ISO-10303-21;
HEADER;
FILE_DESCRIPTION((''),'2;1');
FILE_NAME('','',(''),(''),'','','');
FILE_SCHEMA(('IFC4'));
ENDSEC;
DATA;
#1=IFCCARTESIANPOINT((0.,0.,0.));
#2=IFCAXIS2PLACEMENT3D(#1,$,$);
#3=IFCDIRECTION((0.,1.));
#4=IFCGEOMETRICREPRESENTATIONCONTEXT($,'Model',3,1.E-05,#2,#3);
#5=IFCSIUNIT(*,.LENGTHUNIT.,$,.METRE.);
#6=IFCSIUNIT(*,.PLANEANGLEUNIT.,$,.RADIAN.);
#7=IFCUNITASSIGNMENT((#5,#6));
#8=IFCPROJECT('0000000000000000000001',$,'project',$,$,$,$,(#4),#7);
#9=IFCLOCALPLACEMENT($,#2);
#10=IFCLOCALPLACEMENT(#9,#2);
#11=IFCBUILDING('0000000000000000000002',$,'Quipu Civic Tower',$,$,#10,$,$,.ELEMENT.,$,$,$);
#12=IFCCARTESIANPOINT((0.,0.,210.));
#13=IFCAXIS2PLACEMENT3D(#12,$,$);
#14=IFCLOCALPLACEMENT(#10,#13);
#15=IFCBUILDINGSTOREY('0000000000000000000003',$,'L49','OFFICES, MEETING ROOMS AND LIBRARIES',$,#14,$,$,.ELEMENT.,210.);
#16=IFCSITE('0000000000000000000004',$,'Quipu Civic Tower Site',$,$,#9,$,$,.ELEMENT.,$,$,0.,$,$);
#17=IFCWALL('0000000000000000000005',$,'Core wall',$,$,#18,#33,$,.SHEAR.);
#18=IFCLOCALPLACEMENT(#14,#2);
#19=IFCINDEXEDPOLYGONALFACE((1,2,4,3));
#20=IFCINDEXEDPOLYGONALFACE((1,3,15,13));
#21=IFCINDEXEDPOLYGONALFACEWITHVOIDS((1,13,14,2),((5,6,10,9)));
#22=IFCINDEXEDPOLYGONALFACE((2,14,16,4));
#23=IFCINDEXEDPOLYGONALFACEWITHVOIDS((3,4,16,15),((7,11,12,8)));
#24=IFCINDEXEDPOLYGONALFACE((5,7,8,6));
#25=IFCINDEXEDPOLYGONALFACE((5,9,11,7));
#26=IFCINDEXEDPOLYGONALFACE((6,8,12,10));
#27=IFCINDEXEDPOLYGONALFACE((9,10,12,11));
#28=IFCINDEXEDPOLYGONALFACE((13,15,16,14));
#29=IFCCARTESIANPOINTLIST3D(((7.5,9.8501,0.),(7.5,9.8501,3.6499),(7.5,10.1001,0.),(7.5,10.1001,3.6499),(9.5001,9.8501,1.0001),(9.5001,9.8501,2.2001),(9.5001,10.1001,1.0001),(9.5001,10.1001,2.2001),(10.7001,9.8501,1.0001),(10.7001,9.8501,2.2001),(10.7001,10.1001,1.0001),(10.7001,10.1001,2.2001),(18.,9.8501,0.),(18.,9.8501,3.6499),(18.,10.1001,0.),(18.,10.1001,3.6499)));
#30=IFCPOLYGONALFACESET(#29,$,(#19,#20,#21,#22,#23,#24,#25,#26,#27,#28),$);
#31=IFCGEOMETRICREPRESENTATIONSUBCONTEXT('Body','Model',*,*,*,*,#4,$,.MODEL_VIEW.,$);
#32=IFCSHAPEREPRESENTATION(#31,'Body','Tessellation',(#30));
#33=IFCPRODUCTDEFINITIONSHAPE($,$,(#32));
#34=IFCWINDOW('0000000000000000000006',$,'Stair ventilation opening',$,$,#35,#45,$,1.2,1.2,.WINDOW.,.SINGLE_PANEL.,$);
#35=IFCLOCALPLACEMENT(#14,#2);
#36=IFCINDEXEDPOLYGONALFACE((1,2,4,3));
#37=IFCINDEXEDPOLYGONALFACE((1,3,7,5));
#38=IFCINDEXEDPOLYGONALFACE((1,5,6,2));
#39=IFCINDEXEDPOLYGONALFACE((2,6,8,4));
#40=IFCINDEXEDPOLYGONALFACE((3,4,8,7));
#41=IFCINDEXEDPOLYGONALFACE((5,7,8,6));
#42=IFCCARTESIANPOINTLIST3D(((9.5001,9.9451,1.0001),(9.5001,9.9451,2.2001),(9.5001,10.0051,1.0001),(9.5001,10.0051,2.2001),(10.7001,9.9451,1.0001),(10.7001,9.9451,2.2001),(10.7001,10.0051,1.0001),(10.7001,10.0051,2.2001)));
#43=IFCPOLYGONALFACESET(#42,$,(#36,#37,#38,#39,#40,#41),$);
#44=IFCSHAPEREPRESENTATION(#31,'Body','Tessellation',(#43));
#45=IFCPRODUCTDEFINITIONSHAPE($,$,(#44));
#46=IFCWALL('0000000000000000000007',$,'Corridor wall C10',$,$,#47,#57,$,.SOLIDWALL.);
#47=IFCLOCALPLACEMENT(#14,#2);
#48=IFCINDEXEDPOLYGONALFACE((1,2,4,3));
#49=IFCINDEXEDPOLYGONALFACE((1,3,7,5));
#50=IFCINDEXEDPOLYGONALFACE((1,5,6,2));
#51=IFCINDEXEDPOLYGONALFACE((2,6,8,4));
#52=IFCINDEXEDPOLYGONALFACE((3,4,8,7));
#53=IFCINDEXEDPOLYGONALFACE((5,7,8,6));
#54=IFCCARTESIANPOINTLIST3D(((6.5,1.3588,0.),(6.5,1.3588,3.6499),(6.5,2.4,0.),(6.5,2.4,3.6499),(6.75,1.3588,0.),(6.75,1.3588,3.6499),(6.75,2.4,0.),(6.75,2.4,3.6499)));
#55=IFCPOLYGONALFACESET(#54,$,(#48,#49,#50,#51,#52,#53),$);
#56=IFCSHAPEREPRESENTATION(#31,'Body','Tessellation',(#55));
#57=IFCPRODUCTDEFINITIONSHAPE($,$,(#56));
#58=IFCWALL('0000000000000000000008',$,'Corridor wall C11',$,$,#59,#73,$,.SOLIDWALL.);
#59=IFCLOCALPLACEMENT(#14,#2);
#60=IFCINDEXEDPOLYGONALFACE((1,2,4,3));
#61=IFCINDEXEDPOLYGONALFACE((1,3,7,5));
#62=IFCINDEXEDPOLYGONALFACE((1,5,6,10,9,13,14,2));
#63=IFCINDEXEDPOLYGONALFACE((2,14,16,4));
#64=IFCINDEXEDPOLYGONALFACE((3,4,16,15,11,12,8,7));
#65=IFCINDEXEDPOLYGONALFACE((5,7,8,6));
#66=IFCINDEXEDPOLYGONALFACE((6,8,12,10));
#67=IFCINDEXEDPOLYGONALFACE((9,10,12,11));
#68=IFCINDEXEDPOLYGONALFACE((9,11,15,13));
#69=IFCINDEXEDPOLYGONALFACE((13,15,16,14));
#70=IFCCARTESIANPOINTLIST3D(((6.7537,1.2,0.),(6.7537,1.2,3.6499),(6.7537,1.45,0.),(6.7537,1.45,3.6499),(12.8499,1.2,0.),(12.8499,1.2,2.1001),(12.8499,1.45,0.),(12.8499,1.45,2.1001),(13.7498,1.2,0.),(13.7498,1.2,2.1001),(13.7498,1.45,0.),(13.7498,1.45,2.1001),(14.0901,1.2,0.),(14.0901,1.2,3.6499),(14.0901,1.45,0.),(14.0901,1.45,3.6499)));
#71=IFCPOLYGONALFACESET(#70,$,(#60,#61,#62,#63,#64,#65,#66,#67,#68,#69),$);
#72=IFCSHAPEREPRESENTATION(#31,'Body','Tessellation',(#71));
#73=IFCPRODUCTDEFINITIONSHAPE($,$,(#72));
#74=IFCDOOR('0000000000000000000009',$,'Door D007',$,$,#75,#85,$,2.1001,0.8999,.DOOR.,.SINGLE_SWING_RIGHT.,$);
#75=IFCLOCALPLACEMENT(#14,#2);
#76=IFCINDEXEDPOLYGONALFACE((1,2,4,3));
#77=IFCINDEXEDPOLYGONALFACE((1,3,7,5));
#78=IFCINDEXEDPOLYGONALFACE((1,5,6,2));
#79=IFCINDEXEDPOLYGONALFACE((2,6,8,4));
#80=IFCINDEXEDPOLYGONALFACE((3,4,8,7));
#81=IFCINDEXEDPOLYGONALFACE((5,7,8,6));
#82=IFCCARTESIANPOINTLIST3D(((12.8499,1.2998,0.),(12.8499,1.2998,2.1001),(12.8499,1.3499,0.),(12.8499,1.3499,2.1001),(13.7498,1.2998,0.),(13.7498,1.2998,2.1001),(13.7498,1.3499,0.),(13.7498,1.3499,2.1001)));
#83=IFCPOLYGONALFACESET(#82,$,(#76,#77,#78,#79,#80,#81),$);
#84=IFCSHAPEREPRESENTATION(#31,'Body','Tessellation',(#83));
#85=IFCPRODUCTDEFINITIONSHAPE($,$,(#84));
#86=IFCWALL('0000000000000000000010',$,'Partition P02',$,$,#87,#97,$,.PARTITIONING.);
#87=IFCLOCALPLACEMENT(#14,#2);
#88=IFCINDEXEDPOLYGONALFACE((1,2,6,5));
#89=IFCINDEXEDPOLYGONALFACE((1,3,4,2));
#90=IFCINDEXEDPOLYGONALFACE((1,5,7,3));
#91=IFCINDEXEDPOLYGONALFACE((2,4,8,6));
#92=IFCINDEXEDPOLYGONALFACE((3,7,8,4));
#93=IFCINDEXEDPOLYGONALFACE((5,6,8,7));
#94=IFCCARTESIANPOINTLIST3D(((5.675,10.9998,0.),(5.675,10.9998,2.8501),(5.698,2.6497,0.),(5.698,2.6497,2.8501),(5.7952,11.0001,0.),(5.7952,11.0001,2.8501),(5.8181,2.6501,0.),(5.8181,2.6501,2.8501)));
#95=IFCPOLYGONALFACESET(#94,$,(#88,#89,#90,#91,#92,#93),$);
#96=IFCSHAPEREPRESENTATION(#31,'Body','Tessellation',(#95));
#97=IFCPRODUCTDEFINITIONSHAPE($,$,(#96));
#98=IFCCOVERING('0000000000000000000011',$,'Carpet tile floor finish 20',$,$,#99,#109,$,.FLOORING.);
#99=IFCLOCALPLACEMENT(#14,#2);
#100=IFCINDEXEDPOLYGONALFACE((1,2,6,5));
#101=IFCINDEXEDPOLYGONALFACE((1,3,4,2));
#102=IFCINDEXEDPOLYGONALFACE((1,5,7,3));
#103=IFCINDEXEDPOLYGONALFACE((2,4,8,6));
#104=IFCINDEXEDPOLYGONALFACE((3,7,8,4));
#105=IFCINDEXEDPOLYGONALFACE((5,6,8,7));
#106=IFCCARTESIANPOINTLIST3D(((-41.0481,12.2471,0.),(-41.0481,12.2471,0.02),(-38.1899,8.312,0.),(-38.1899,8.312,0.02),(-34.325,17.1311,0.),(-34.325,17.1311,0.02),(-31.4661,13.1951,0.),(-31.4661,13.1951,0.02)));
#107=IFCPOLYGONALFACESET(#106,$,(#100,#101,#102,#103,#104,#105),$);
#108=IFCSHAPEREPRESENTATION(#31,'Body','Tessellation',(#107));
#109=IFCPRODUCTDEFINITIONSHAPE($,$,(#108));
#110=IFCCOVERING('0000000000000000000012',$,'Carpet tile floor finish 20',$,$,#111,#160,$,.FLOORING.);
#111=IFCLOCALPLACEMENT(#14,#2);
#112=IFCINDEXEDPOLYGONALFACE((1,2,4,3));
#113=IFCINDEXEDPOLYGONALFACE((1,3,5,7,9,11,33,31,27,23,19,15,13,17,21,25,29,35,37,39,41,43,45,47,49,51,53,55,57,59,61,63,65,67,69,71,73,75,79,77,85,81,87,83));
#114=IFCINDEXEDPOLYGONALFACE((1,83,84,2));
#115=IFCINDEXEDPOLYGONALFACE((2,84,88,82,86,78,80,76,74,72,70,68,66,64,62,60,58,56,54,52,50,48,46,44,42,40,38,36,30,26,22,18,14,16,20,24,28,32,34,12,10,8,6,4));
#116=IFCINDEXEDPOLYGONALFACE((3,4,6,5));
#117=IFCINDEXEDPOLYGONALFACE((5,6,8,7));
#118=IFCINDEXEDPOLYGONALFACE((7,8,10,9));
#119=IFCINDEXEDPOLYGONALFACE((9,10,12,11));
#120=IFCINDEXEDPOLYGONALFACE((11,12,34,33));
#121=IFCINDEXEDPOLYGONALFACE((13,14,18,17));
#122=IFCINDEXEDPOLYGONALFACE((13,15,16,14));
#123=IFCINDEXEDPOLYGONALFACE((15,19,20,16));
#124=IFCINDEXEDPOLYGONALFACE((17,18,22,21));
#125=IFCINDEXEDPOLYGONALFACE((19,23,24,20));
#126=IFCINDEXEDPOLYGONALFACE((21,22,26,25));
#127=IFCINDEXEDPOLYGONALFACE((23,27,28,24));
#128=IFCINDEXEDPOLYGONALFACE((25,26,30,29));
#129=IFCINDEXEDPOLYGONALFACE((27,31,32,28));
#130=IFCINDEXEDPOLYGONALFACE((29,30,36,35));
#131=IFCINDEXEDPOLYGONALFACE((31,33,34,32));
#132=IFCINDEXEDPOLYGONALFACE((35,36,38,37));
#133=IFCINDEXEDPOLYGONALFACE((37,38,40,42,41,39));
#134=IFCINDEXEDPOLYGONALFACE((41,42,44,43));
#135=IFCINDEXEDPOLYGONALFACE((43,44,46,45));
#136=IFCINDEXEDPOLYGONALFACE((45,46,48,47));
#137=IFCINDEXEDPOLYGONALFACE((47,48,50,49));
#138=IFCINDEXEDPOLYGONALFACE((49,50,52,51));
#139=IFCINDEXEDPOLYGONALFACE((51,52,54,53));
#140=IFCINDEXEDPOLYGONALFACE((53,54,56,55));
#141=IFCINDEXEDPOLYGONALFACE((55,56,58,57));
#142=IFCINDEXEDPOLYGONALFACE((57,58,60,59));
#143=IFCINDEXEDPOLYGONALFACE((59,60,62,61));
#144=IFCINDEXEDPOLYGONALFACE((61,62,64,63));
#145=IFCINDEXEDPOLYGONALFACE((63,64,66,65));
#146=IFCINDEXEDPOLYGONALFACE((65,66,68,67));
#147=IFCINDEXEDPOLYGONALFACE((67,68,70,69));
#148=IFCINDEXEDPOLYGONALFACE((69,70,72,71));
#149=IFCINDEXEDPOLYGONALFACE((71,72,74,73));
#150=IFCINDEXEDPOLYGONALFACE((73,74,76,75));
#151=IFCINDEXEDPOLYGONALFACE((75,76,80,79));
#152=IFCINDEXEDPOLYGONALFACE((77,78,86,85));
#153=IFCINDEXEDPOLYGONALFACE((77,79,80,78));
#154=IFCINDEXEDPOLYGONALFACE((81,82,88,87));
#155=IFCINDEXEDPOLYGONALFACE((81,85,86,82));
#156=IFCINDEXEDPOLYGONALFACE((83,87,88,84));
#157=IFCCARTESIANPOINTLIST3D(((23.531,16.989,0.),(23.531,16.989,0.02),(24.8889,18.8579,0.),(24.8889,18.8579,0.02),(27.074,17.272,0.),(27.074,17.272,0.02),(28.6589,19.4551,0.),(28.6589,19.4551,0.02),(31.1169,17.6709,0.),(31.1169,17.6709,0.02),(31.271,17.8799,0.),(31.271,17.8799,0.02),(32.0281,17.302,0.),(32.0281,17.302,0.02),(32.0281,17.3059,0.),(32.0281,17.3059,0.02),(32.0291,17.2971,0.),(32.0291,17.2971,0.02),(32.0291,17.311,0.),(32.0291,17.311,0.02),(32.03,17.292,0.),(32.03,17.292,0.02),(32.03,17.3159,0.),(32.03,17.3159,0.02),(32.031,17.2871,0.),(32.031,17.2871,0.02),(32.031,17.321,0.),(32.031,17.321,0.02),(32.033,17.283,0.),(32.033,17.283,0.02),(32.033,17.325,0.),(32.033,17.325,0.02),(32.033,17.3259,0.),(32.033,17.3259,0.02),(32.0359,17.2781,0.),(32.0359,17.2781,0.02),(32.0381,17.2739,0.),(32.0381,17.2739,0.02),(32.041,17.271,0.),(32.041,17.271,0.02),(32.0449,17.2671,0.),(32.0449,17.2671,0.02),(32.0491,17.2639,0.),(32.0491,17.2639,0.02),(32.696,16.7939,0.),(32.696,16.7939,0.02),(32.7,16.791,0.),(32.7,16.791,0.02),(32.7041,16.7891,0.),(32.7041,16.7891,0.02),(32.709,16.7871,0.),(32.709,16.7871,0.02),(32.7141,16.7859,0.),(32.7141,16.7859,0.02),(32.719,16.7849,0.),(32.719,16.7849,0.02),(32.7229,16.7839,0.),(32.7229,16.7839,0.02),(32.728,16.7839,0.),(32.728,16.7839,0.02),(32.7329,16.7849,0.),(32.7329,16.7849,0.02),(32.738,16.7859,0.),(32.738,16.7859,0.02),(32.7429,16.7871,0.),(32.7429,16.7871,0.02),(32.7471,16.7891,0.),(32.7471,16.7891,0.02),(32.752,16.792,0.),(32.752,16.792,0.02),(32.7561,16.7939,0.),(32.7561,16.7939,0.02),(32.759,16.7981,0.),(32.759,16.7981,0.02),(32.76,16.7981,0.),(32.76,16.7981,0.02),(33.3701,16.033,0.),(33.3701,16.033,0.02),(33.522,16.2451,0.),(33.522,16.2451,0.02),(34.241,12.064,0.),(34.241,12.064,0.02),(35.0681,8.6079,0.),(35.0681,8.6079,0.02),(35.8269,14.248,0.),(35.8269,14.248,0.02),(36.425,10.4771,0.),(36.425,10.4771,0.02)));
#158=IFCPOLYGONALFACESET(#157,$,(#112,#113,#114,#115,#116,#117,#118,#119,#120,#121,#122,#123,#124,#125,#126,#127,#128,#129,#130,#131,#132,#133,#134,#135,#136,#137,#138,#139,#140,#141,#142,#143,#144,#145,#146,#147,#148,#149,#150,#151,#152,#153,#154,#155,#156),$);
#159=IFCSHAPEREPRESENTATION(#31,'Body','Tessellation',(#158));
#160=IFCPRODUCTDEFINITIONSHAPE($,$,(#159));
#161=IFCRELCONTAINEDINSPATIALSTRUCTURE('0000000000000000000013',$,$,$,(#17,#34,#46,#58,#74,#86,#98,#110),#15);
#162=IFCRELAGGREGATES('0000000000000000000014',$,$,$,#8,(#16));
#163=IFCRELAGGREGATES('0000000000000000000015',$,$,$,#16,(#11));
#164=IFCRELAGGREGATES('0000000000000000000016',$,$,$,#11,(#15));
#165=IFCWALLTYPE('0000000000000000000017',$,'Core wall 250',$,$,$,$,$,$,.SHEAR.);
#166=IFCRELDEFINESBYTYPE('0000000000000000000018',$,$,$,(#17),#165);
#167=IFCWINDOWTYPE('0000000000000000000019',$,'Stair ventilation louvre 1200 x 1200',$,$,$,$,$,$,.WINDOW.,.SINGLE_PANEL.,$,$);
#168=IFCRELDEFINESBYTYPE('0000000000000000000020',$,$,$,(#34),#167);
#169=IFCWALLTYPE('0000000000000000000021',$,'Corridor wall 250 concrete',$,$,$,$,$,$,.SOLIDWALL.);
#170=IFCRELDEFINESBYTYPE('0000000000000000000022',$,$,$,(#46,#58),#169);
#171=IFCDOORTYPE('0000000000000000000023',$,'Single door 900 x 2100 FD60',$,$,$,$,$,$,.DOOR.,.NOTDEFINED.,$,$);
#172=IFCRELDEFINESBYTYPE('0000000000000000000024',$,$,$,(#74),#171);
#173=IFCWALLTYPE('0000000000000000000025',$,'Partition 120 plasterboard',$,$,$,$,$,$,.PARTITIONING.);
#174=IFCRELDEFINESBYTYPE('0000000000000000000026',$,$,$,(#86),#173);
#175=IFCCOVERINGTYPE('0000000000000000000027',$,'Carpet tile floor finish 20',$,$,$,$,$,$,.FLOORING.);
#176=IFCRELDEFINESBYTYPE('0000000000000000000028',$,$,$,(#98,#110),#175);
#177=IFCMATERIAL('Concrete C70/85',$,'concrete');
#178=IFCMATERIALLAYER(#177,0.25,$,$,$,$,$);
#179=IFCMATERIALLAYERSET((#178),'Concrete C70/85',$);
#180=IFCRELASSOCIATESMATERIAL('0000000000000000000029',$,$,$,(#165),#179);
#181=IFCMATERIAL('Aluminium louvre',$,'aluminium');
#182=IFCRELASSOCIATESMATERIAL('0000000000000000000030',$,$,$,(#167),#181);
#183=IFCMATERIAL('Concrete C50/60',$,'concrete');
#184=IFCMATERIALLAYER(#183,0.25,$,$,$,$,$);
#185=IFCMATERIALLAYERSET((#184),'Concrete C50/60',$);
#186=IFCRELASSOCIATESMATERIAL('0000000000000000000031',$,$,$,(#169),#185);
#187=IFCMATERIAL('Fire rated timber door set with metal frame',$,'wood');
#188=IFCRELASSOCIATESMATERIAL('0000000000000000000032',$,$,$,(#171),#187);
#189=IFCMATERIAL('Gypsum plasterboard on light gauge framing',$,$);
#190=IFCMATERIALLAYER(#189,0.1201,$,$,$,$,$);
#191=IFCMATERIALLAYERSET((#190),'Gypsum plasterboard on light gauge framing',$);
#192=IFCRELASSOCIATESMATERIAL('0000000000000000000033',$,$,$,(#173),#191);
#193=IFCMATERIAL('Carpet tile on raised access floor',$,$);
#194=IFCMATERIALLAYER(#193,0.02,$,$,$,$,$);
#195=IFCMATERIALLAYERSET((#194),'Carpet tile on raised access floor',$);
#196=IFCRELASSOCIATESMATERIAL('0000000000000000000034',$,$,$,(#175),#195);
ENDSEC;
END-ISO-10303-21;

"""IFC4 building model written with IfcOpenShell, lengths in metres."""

from ifc_helpers import new_model, si_unit, direction, frame, frame_2d, origin, place, context, subcontext, project, spatial, polyline, rectangle, outline, extrude, material, layer, layer_set, type_object, element, fill, save


model = new_model("IFC4")

# Units and contexts
model_context = context("Model", 3, precision=1e-05, world=origin(), true_north=direction((0.0, 1.0)))
body_context = subcontext(model_context, "Body", "Model", "MODEL_VIEW")
ifc_project = project(units=[si_unit("LENGTHUNIT", "METRE"), si_unit("PLANEANGLEUNIT", "RADIAN")], contexts=[model_context])

# Site, building, storey
site_placement = place(None, origin())
site = spatial("IfcSite", under=ifc_project, at=site_placement, Name="Quipu Civic Tower Site", CompositionType="ELEMENT", RefElevation=0.0)
building_placement = place(site_placement, origin())
building = spatial("IfcBuilding", under=site, at=building_placement, Name="Quipu Civic Tower", CompositionType="ELEMENT")
storey_placement = place(building_placement, frame((0.0, 0.0, 210.0)))
storey = spatial("IfcBuildingStorey", under=building, at=storey_placement, Name="L49", Description="OFFICES, MEETING ROOMS AND LIBRARIES", CompositionType="ELEMENT", Elevation=210.0)

# Shared definitions
ifc_material_1 = material(Name="Concrete C70/85", Category="concrete")
ifc_layer_1 = layer(ifc_material_1, 0.25)
ifc_layer_set_1 = layer_set([ifc_layer_1], Name="Concrete C70/85")
wall_type_1 = type_object("IfcWallType", Name="Core wall 250", PredefinedType="SHEAR", material=ifc_layer_set_1)

# Wall, opening, window
wall_1_placement = place(storey_placement, frame((7.5, 9.9751, 0.0), z_axis=(0.0, 0.0, 1.0), x_axis=(1.0, 0.0, 0.0)))
wall_1 = element("IfcWall", 1, at=wall_1_placement, inside=storey, type_object=wall_type_1, Name="Core wall", PredefinedType="SHEAR", context=body_context, shape_type="SweptSolid", body=[
    extrude(rectangle(XDim=10.5, YDim=0.25, at=frame_2d((5.25, 0.0))), origin(), (0.0, 0.0, 1.0), 3.6499),
])
opening_1_placement = place(wall_1_placement, frame((2.0, 0.0, 1.0)))
opening_1 = element("IfcOpeningElement", 2, at=opening_1_placement, cuts=wall_1, PredefinedType="OPENING", context=body_context, shape_type="SweptSolid", body=[
    extrude(rectangle(XDim=1.2, YDim=1.2, at=frame_2d((0.6001, 0.6001))), frame((0.0, 0.135, 0.0), z_axis=(0.0, -1.0, 0.0), x_axis=(1.0, 0.0, 0.0)), (0.0, 0.0, 1.0), 0.27),
])
ifc_material_2 = material(Name="Aluminium louvre", Category="aluminium")
window_type = type_object("IfcWindowType", Name="Stair ventilation louvre 1200 x 1200", PartitioningType="SINGLE_PANEL", PredefinedType="WINDOW", material=ifc_material_2)
window_placement = place(opening_1_placement, origin())
window = element("IfcWindow", 3, at=window_placement, inside=storey, type_object=window_type, Name="Stair ventilation opening", OverallHeight=1.2, OverallWidth=1.2, PartitioningType="SINGLE_PANEL", PredefinedType="WINDOW", context=body_context, shape_type="SweptSolid", body=[
    extrude(rectangle(XDim=1.2, YDim=1.2, at=frame_2d((0.6001, 0.6001))), frame((0.0, 0.03, 0.0), z_axis=(0.0, -1.0, 0.0), x_axis=(1.0, 0.0, 0.0)), (0.0, 0.0, 1.0), 0.0601),
])
fill(opening_1, window)

# Wall
ifc_material_3 = material(Name="Concrete C50/60", Category="concrete")
ifc_layer_2 = layer(ifc_material_3, 0.25)
ifc_layer_set_2 = layer_set([ifc_layer_2], Name="Concrete C50/60")
wall_type_2 = type_object("IfcWallType", Name="Corridor wall 250 concrete", PredefinedType="SOLIDWALL", material=ifc_layer_set_2)
wall_2_placement = place(storey_placement, frame((6.625, 2.3999, 0.0), z_axis=(0.0, 0.0, 1.0), x_axis=(0.0, -1.0, 0.0)))
element("IfcWall", 4, at=wall_2_placement, inside=storey, type_object=wall_type_2, Name="Corridor wall C10", PredefinedType="SOLIDWALL", context=body_context, shape_type="SweptSolid", body=[
    extrude(rectangle(XDim=1.0413, YDim=0.25, at=frame_2d((0.5205, 0.0))), origin(), (0.0, 0.0, 1.0), 3.6499),
])

# Wall, opening, door
wall_3_placement = place(storey_placement, frame((6.7537, 1.325, 0.0), z_axis=(0.0, 0.0, 1.0), x_axis=(1.0, 0.0, 0.0)))
wall_3 = element("IfcWall", 5, at=wall_3_placement, inside=storey, type_object=wall_type_2, Name="Corridor wall C11", PredefinedType="SOLIDWALL", context=body_context, shape_type="SweptSolid", body=[
    extrude(rectangle(XDim=7.3364, YDim=0.25, at=frame_2d((3.6682, 0.0))), origin(), (0.0, 0.0, 1.0), 3.6499),
])
opening_2_placement = place(wall_3_placement, frame((6.0962, 0.0, 0.0)))
opening_2 = element("IfcOpeningElement", 6, at=opening_2_placement, cuts=wall_3, PredefinedType="OPENING", context=body_context, shape_type="SweptSolid", body=[
    extrude(rectangle(XDim=0.8999, YDim=2.1001, at=frame_2d((0.45, 1.05))), frame((0.0, 0.135, 0.0), z_axis=(0.0, -1.0, 0.0), x_axis=(1.0, 0.0, 0.0)), (0.0, 0.0, 1.0), 0.27),
])
ifc_material_4 = material(Name="Fire rated timber door set with metal frame", Category="wood")
door_type_1 = type_object("IfcDoorType", Name="Single door 900 x 2100 FD60", OperationType="NOTDEFINED", PredefinedType="DOOR", material=ifc_material_4)
door_1_placement = place(opening_2_placement, origin())
door_1 = element("IfcDoor", 7, at=door_1_placement, inside=storey, type_object=door_type_1, Name="Door D007", OperationType="SINGLE_SWING_RIGHT", OverallHeight=2.1001, OverallWidth=0.8999, PredefinedType="DOOR", context=body_context, shape_type="SweptSolid", body=[
    extrude(rectangle(XDim=0.8999, YDim=2.1001, at=frame_2d((0.45, 1.05))), frame((0.0, 0.0249, 0.0), z_axis=(0.0, -1.0, 0.0), x_axis=(1.0, 0.0, 0.0)), (0.0, 0.0, 1.0), 0.05),
])
fill(opening_2, door_1)

# Wall
ifc_material_5 = material(Name="Gypsum plasterboard on light gauge framing")
ifc_layer_3 = layer(ifc_material_5, 0.1201)
ifc_layer_set_3 = layer_set([ifc_layer_3], Name="Gypsum plasterboard on light gauge framing")
wall_type_3 = type_object("IfcWallType", Name="Partition 120 plasterboard", PredefinedType="PARTITIONING", material=ifc_layer_set_3)
wall_4_placement = place(storey_placement, frame((5.7581, 2.6499, 0.0), z_axis=(0.0, 0.0, 1.0), x_axis=(-0.002748, 0.999996, 0.0)))
element("IfcWall", 8, at=wall_4_placement, inside=storey, type_object=wall_type_3, Name="Partition P02", PredefinedType="PARTITIONING", context=body_context, shape_type="SweptSolid", body=[
    extrude(rectangle(XDim=8.3501, YDim=0.1201, at=frame_2d((4.175, 0.0))), origin(), (0.0, 0.0, 1.0), 2.8501),
])

# Coverings
ifc_material_6 = material(Name="Carpet tile on raised access floor")
ifc_layer_4 = layer(ifc_material_6, 0.02)
ifc_layer_set_4 = layer_set([ifc_layer_4], Name="Carpet tile on raised access floor")
covering_type_1 = type_object("IfcCoveringType", Name="Carpet tile floor finish 20", PredefinedType="FLOORING", material=ifc_layer_set_4)
covering_1_placement = place(storey_placement, origin())
element("IfcCovering", 9, at=covering_1_placement, inside=storey, type_object=covering_type_1, Name="Carpet tile floor finish 20", PredefinedType="FLOORING", context=body_context, shape_type="SweptSolid", body=[
    extrude(outline(polyline([(-41.0481, 12.2471), (-34.325, 17.1311), (-31.4661, 13.1951), (-38.1899, 8.312), (-41.0481, 12.2471)])), origin(), (0.0, 0.0, 1.0), 0.02),
])
covering_2_placement = place(storey_placement, origin())
element("IfcCovering", 10, at=covering_2_placement, inside=storey, type_object=covering_type_1, Name="Carpet tile floor finish 20", PredefinedType="FLOORING", context=body_context, shape_type="SweptSolid", body=[
    extrude(outline(polyline([(23.531, 16.989), (24.8889, 18.8579), (27.074, 17.272), (28.6589, 19.4551), (31.1169, 17.6709), (31.271, 17.8799), (32.033, 17.3259), (32.033, 17.325), (32.031, 17.321), (32.03, 17.3159), (32.0291, 17.311), (32.0281, 17.3059), (32.0281, 17.302), (32.0291, 17.2971), (32.03, 17.292), (32.031, 17.2871), (32.033, 17.283), (32.0359, 17.2781), (32.0381, 17.2739), (32.041, 17.271), (32.0449, 17.2671), (32.0491, 17.2639), (32.696, 16.7939), (32.7, 16.791), (32.7041, 16.7891), (32.709, 16.7871), (32.7141, 16.7859), (32.719, 16.7849), (32.7229, 16.7839), (32.728, 16.7839), (32.7329, 16.7849), (32.738, 16.7859), (32.7429, 16.7871), (32.7471, 16.7891), (32.752, 16.792), (32.7561, 16.7939), (32.759, 16.7981), (32.76, 16.7981), (33.522, 16.2451), (33.3701, 16.033), (35.8269, 14.248), (34.241, 12.064), (36.425, 10.4771), (35.0681, 8.6079), (23.531, 16.989)])), origin(), (0.0, 0.0, 1.0), 0.02),
])

save(model, "model.ifc")
